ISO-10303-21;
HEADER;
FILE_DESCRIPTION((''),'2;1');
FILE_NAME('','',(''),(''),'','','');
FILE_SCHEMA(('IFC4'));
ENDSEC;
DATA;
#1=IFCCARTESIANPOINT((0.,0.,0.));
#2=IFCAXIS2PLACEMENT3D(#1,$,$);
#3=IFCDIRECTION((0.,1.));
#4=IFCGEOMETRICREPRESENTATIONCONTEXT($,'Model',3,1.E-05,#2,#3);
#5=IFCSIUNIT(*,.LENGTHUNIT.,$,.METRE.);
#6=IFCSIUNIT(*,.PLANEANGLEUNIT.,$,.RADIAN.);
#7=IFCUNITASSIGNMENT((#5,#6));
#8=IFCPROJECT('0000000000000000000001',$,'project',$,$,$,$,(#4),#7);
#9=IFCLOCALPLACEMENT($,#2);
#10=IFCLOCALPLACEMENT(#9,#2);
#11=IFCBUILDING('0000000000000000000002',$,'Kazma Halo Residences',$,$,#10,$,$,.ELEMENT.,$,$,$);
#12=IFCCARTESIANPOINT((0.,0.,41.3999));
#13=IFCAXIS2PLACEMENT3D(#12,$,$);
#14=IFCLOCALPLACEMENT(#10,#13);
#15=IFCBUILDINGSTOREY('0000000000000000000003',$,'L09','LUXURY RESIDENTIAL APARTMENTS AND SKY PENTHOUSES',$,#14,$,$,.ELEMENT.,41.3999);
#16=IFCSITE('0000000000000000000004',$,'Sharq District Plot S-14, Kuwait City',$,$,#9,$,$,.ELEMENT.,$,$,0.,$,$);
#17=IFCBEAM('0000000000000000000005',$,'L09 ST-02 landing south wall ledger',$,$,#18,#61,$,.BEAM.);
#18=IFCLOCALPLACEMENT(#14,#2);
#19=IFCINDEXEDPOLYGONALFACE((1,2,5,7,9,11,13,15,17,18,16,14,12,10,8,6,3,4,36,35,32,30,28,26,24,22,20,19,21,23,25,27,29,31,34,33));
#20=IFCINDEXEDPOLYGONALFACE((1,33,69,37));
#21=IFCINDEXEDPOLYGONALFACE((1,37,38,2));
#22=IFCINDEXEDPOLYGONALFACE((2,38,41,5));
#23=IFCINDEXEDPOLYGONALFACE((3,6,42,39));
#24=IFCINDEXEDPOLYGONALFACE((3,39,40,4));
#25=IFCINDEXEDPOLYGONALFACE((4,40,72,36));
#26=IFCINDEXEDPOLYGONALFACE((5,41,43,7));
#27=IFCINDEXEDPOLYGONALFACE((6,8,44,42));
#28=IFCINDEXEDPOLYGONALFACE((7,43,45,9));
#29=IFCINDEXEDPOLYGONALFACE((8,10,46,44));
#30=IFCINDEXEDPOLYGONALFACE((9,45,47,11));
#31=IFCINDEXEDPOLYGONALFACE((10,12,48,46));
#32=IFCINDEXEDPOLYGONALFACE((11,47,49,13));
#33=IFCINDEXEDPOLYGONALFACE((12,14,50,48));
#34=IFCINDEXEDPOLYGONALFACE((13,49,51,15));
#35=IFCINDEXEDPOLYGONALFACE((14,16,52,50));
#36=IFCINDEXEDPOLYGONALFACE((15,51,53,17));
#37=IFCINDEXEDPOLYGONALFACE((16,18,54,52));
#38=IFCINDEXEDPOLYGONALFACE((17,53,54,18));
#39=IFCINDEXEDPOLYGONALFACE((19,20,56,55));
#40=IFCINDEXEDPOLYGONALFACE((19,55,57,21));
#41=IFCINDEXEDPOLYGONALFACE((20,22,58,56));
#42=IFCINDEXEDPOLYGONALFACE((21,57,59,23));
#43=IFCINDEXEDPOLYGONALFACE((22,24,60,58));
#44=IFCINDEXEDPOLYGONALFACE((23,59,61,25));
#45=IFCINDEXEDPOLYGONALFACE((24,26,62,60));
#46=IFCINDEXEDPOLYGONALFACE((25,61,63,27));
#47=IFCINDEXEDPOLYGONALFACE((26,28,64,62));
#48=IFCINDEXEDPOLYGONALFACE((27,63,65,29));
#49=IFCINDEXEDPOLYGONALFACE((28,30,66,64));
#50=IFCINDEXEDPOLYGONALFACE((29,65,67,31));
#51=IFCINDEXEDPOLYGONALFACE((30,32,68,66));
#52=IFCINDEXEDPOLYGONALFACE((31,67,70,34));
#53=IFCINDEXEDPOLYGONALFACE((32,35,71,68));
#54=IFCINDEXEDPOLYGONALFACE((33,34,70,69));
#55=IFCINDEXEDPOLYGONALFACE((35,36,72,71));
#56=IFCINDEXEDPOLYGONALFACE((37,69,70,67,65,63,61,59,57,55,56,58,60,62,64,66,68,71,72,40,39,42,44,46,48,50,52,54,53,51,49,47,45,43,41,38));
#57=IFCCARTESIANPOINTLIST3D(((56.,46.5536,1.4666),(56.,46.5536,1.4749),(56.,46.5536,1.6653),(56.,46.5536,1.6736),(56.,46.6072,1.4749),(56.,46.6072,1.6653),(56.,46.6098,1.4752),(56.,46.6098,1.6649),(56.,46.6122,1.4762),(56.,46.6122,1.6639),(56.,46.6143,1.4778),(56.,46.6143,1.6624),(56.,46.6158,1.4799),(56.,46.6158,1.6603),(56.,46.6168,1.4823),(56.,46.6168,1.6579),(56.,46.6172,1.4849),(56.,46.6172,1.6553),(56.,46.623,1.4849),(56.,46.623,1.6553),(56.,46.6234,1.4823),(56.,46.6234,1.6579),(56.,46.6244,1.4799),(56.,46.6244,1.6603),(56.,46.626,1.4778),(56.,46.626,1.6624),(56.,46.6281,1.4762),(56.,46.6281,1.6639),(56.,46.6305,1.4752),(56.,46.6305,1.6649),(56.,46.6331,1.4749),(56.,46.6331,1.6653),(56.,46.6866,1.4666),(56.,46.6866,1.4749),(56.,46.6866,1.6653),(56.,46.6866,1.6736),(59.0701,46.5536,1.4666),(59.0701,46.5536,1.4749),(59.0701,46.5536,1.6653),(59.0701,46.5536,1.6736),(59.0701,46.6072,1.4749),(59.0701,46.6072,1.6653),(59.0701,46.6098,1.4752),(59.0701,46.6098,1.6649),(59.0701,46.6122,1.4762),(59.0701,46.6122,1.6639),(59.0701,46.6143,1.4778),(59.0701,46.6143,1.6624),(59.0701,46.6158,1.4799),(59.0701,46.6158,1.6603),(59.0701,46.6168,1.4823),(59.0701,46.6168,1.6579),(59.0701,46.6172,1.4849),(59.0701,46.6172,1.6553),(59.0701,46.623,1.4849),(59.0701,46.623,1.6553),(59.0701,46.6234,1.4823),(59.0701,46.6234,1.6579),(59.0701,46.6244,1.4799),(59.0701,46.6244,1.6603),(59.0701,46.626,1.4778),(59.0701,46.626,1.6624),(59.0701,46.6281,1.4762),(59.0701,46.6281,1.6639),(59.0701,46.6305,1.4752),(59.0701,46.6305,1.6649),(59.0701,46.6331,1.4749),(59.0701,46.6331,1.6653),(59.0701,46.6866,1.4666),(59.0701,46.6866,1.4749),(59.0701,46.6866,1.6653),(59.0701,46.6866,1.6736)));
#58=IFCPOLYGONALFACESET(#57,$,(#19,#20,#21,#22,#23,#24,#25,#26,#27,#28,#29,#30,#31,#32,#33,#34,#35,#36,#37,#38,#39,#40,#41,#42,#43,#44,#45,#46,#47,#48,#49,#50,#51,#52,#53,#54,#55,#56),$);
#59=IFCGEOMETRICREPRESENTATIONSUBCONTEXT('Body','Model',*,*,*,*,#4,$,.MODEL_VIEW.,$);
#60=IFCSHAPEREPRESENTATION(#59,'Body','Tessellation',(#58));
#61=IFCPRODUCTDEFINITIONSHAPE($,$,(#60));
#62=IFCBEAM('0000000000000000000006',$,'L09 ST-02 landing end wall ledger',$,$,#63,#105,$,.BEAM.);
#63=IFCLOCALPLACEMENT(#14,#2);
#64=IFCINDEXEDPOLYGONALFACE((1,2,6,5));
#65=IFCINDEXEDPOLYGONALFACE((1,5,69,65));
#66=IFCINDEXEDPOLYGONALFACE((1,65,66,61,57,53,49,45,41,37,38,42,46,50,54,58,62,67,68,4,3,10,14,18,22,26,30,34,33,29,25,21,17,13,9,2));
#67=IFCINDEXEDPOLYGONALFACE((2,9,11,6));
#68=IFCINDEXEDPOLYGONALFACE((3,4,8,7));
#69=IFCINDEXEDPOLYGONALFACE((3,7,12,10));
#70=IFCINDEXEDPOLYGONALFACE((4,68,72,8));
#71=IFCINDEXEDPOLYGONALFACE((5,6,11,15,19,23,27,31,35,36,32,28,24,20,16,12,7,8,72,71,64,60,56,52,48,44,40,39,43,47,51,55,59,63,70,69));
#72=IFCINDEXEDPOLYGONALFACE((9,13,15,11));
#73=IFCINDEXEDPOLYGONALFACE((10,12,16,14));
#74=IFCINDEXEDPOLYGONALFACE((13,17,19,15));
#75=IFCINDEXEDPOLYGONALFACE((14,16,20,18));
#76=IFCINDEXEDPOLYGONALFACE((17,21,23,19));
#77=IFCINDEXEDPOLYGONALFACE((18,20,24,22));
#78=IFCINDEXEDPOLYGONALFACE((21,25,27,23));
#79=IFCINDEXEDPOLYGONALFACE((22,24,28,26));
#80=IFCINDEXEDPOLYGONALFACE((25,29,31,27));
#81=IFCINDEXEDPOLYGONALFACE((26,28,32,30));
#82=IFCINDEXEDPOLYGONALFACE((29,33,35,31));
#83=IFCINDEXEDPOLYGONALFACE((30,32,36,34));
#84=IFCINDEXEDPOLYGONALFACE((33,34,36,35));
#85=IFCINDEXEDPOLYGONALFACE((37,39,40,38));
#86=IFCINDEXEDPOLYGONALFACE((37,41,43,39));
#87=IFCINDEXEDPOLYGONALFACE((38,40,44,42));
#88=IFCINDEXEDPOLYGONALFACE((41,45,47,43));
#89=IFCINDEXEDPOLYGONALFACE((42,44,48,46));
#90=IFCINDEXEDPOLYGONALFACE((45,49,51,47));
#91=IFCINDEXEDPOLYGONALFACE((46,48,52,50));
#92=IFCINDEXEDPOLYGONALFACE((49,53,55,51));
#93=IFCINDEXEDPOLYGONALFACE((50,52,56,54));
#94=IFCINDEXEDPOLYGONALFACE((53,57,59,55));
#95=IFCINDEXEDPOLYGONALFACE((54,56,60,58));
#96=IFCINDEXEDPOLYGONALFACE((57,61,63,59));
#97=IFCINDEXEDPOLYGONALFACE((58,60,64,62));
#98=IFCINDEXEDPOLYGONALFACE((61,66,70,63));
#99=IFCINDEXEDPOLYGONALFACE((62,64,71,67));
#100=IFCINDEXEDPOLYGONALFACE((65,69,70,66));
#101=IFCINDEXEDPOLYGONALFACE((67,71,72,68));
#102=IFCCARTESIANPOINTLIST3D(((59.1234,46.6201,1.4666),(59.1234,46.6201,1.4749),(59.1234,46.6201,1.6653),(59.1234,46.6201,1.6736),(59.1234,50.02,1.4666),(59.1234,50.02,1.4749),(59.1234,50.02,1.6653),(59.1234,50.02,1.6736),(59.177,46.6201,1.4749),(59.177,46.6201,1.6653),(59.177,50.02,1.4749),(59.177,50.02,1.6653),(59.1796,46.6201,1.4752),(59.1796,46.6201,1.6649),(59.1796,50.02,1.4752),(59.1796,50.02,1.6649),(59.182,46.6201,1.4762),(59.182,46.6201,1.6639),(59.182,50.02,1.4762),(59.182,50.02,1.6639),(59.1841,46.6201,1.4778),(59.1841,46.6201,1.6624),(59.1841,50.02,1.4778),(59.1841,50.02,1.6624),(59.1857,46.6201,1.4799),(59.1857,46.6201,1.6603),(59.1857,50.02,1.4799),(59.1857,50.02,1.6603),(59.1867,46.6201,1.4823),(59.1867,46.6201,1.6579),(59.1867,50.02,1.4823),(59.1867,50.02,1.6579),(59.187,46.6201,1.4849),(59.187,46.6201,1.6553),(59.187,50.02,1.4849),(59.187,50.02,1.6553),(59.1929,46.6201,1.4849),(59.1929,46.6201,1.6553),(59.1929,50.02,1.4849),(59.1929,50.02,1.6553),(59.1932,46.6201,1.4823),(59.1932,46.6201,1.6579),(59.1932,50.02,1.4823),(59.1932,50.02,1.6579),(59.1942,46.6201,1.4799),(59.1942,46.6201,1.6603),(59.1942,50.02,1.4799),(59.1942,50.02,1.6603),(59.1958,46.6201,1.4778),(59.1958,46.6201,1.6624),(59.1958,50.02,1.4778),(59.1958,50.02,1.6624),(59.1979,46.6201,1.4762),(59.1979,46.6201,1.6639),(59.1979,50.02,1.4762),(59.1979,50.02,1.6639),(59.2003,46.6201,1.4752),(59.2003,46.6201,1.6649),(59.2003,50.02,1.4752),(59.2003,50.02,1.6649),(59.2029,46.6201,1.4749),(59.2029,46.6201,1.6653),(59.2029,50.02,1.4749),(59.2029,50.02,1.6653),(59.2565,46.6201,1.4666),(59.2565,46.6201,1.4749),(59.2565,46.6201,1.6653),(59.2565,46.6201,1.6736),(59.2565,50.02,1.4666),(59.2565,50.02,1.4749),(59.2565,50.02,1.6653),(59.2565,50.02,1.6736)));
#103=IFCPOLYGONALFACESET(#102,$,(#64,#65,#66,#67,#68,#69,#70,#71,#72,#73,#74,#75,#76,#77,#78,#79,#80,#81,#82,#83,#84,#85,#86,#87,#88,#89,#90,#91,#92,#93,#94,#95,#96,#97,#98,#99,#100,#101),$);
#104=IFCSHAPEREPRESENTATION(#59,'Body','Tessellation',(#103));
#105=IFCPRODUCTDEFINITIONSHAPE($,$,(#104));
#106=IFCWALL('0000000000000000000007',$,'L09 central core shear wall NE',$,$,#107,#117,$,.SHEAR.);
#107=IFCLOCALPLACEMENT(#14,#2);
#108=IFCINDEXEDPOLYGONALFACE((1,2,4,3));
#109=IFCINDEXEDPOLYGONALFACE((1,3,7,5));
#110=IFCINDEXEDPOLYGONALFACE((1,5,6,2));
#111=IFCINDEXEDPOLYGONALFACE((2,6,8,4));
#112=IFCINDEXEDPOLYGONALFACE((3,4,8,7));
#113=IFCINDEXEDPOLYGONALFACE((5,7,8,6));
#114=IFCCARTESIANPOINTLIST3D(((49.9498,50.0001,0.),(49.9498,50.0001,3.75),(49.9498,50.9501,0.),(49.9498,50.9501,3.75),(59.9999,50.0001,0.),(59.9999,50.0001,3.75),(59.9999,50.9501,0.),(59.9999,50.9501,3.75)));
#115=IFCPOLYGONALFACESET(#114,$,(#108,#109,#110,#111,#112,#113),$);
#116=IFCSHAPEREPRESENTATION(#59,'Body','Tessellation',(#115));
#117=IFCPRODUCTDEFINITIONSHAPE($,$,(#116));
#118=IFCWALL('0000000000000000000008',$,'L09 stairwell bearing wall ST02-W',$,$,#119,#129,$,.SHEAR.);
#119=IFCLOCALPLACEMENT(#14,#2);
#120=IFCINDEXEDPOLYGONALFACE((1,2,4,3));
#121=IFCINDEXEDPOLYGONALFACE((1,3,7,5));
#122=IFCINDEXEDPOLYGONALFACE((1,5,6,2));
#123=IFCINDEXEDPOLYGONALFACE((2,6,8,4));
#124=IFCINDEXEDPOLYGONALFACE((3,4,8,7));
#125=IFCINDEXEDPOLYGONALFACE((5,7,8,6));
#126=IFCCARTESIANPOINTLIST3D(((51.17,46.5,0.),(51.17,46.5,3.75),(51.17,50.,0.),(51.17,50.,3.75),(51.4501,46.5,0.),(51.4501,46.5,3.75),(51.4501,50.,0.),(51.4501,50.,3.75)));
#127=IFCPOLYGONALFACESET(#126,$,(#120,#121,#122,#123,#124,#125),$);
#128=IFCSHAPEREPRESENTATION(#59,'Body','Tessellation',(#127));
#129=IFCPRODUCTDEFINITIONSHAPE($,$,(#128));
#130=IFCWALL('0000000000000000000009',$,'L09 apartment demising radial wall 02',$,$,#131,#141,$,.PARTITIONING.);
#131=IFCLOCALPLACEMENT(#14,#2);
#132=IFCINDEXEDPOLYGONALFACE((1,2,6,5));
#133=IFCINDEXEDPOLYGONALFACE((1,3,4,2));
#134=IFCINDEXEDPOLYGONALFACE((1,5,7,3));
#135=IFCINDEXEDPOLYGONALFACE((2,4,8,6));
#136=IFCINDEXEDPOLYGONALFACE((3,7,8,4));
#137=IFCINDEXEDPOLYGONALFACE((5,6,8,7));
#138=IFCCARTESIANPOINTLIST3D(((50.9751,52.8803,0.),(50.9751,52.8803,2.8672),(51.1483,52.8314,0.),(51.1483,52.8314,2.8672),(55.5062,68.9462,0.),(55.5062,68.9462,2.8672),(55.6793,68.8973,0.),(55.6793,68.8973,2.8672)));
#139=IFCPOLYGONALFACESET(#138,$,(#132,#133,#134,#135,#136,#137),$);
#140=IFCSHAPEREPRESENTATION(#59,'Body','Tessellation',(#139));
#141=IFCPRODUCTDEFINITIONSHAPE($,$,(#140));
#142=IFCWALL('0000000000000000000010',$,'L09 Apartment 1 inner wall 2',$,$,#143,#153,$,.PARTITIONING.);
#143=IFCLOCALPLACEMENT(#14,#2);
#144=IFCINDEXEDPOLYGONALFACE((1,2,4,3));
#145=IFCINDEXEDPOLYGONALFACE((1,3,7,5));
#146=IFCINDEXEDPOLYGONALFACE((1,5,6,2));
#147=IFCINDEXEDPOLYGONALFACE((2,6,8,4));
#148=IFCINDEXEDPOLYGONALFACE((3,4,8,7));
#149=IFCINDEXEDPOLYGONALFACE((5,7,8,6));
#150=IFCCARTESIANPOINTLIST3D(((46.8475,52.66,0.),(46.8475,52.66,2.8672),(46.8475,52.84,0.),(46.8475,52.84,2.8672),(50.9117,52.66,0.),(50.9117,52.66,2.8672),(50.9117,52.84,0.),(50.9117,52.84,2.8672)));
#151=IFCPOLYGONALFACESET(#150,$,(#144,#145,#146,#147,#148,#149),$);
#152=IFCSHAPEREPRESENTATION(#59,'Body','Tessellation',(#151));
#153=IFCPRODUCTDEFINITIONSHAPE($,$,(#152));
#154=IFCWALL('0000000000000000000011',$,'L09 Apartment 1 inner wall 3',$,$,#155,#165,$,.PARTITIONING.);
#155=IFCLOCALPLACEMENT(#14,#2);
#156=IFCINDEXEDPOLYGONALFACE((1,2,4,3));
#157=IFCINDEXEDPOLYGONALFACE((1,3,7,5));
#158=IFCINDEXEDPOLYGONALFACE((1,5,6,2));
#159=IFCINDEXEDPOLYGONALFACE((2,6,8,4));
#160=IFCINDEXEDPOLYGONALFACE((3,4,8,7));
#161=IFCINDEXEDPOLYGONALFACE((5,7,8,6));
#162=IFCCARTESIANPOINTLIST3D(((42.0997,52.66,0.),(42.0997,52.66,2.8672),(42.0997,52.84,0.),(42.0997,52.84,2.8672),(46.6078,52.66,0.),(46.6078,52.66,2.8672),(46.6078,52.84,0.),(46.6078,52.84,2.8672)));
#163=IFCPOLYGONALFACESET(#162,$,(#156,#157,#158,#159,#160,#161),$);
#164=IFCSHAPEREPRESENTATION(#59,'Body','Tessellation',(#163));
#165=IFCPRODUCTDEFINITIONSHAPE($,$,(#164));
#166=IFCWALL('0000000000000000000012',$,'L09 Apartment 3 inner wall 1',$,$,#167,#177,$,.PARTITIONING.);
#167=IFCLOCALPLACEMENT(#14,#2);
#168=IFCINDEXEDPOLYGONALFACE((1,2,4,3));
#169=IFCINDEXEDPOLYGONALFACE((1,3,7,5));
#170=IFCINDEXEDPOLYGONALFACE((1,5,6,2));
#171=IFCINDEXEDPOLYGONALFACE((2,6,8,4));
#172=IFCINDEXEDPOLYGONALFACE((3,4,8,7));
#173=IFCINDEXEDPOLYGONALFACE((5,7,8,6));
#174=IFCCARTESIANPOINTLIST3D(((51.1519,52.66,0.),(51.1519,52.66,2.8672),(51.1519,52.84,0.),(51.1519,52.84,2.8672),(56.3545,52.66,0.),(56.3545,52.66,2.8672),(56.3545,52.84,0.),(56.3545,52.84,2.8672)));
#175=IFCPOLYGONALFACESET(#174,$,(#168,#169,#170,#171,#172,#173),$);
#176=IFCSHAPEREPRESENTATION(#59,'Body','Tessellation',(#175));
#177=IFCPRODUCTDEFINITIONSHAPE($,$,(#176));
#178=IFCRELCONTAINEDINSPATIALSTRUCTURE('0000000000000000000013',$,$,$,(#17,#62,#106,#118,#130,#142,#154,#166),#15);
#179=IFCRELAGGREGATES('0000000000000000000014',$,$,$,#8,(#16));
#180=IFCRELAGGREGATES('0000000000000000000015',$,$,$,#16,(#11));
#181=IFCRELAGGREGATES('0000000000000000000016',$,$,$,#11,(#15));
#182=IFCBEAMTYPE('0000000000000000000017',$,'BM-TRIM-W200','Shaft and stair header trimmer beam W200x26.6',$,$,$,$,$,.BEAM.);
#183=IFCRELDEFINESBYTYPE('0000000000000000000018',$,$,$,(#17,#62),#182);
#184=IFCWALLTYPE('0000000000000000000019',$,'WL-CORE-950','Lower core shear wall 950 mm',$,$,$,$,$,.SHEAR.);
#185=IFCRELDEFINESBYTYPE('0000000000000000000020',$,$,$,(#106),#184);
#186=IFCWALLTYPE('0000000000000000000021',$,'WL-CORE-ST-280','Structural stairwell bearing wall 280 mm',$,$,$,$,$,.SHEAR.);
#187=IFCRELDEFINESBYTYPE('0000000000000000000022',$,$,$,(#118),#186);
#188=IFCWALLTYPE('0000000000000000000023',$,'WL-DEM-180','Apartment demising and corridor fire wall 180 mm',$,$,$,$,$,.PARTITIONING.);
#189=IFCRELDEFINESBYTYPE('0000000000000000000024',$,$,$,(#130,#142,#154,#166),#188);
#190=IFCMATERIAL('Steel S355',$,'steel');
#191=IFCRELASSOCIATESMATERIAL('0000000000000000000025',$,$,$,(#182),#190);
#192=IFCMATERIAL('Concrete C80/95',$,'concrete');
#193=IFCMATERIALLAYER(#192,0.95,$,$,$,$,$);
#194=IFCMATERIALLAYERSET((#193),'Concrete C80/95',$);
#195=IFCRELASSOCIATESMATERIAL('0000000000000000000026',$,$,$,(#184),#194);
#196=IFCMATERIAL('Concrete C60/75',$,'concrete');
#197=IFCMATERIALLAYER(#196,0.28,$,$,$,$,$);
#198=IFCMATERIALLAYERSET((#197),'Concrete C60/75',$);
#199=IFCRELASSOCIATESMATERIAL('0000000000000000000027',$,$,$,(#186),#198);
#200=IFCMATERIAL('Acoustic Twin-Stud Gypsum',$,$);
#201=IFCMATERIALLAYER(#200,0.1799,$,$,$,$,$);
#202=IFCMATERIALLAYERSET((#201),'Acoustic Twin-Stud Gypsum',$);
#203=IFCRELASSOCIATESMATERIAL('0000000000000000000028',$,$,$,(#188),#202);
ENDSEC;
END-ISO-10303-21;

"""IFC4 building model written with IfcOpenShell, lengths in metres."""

from ifc_helpers import new_model, si_unit, direction, frame, frame_2d, origin, origin_2d, place, context, subcontext, project, spatial, rectangle, i_section, extrude, material, layer, layer_set, material_profile, profile_set, type_object, element, save


model = new_model("IFC4")

# Units and contexts
model_context = context("Model", 3, precision=1e-05, world=origin(), true_north=direction((0.0, 1.0)))
body_context = subcontext(model_context, "Body", "Model", "MODEL_VIEW")
ifc_project = project(units=[si_unit("LENGTHUNIT", "METRE"), si_unit("PLANEANGLEUNIT", "RADIAN")], contexts=[model_context])

# Site, building, storey
site_placement = place(None, origin())
site = spatial("IfcSite", under=ifc_project, at=site_placement, Name="Sharq District Plot S-14, Kuwait City", CompositionType="ELEMENT", RefElevation=0.0)
building_placement = place(site_placement, origin())
building = spatial("IfcBuilding", under=site, at=building_placement, Name="Kazma Halo Residences", CompositionType="ELEMENT")
storey_placement = place(building_placement, frame((0.0, 0.0, 41.3999)))
storey = spatial("IfcBuildingStorey", under=building, at=storey_placement, Name="L09", Description="LUXURY RESIDENTIAL APARTMENTS AND SKY PENTHOUSES", CompositionType="ELEMENT", Elevation=41.3999)

# Shared definitions
ifc_material_1 = material(Name="Steel S355", Category="steel")

# Beams
ifc_material_profile_1 = material_profile(ifc_material_1, i_section(OverallWidth=0.1331, OverallDepth=0.207, WebThickness=0.0059, FlangeThickness=0.0083, FilletRadius=0.01, at=origin_2d()), Name="W200x26.6")
ifc_profile_set_1 = profile_set([ifc_material_profile_1], Name="Steel S355")
beam_type_1 = type_object("IfcBeamType", Name="BM-TRIM-W200", Description="Shaft and stair header trimmer beam W200x26.6", PredefinedType="BEAM", material=ifc_profile_set_1)
beam_1_placement = place(storey_placement, frame((56.0, 46.6201, 1.5701), z_axis=(1.0, 0.0, 0.0), x_axis=(0.0, 1.0, 0.0)))
element("IfcBeam", 1, at=beam_1_placement, inside=storey, type_object=beam_type_1, Name="L09 ST-02 landing south wall ledger", PredefinedType="BEAM", context=body_context, shape_type="SweptSolid", body=[
    extrude(i_section(OverallWidth=0.1331, OverallDepth=0.207, WebThickness=0.0059, FlangeThickness=0.0083, FilletRadius=0.01, at=origin_2d()), origin(), (0.0, 0.0, 1.0), 3.0701),
])
beam_2_placement = place(storey_placement, frame((59.1899, 46.6201, 1.5701), z_axis=(0.0, 1.0, 0.0), x_axis=(-1.0, 0.0, 0.0)))
element("IfcBeam", 2, at=beam_2_placement, inside=storey, type_object=beam_type_1, Name="L09 ST-02 landing end wall ledger", PredefinedType="BEAM", context=body_context, shape_type="SweptSolid", body=[
    extrude(i_section(OverallWidth=0.1331, OverallDepth=0.207, WebThickness=0.0059, FlangeThickness=0.0083, FilletRadius=0.01, at=origin_2d()), origin(), (0.0, 0.0, 1.0), 3.3999),
])

# Walls
ifc_material_2 = material(Name="Concrete C80/95", Category="concrete")
ifc_layer_1 = layer(ifc_material_2, 0.95)
ifc_layer_set_1 = layer_set([ifc_layer_1], Name="Concrete C80/95")
wall_type_1 = type_object("IfcWallType", Name="WL-CORE-950", Description="Lower core shear wall 950 mm", PredefinedType="SHEAR", material=ifc_layer_set_1)
wall_1_placement = place(storey_placement, frame((49.95, 50.4751, 0.0), z_axis=(0.0, 0.0, 1.0), x_axis=(1.0, 0.0, 0.0)))
element("IfcWall", 3, at=wall_1_placement, inside=storey, type_object=wall_type_1, Name="L09 central core shear wall NE", PredefinedType="SHEAR", context=body_context, shape_type="SweptSolid", body=[
    extrude(rectangle(XDim=10.05, YDim=0.95, at=frame_2d((5.0249, 0.0))), origin(), (0.0, 0.0, 1.0), 3.75),
])
ifc_material_3 = material(Name="Concrete C60/75", Category="concrete")
ifc_layer_2 = layer(ifc_material_3, 0.28)
ifc_layer_set_2 = layer_set([ifc_layer_2], Name="Concrete C60/75")
wall_type_2 = type_object("IfcWallType", Name="WL-CORE-ST-280", Description="Structural stairwell bearing wall 280 mm", PredefinedType="SHEAR", material=ifc_layer_set_2)
wall_2_placement = place(storey_placement, frame((51.3101, 46.5, 0.0), z_axis=(0.0, 0.0, 1.0), x_axis=(0.0, 1.0, 0.0)))
element("IfcWall", 4, at=wall_2_placement, inside=storey, type_object=wall_type_2, Name="L09 stairwell bearing wall ST02-W", PredefinedType="SHEAR", context=body_context, shape_type="SweptSolid", body=[
    extrude(rectangle(XDim=3.5, YDim=0.28, at=frame_2d((1.75, 0.0))), origin(), (0.0, 0.0, 1.0), 3.75),
])
ifc_material_4 = material(Name="Acoustic Twin-Stud Gypsum")
ifc_layer_3 = layer(ifc_material_4, 0.1799)
ifc_layer_set_3 = layer_set([ifc_layer_3], Name="Acoustic Twin-Stud Gypsum")
wall_type_3 = type_object("IfcWallType", Name="WL-DEM-180", Description="Apartment demising and corridor fire wall 180 mm", PredefinedType="PARTITIONING", material=ifc_layer_set_3)
wall_3_placement = place(storey_placement, frame((51.0618, 52.856, 0.0), z_axis=(0.0, 0.0, 1.0), x_axis=(0.271438, 0.962456, 0.0)))
element("IfcWall", 5, at=wall_3_placement, inside=storey, type_object=wall_type_3, Name="L09 apartment demising radial wall 02", PredefinedType="PARTITIONING", context=body_context, shape_type="SweptSolid", body=[
    extrude(rectangle(XDim=16.6926, YDim=0.1799, at=frame_2d((8.3462, 0.0))), origin(), (0.0, 0.0, 1.0), 2.8672),
])
wall_4_placement = place(storey_placement, frame((50.9119, 52.75, 0.0), z_axis=(0.0, 0.0, 1.0), x_axis=(-1.0, 0.0, 0.0)))
element("IfcWall", 6, at=wall_4_placement, inside=storey, type_object=wall_type_3, Name="L09 Apartment 1 inner wall 2", PredefinedType="PARTITIONING", context=body_context, shape_type="SweptSolid", body=[
    extrude(rectangle(XDim=4.0642, YDim=0.1799, at=frame_2d((2.0322, 0.0))), origin(), (0.0, 0.0, 1.0), 2.8672),
])
wall_5_placement = place(storey_placement, frame((46.6077, 52.75, 0.0), z_axis=(0.0, 0.0, 1.0), x_axis=(-1.0, 0.0, 0.0)))
element("IfcWall", 7, at=wall_5_placement, inside=storey, type_object=wall_type_3, Name="L09 Apartment 1 inner wall 3", PredefinedType="PARTITIONING", context=body_context, shape_type="SweptSolid", body=[
    extrude(rectangle(XDim=4.5081, YDim=0.1799, at=frame_2d((2.2539, 0.0))), origin(), (0.0, 0.0, 1.0), 2.8672),
])
wall_6_placement = place(storey_placement, frame((56.3545, 52.75, 0.0), z_axis=(0.0, 0.0, 1.0), x_axis=(-1.0, 0.0, 0.0)))
element("IfcWall", 8, at=wall_6_placement, inside=storey, type_object=wall_type_3, Name="L09 Apartment 3 inner wall 1", PredefinedType="PARTITIONING", context=body_context, shape_type="SweptSolid", body=[
    extrude(rectangle(XDim=5.2026, YDim=0.1799, at=frame_2d((2.6013, 0.0))), origin(), (0.0, 0.0, 1.0), 2.8672),
])

save(model, "model.ifc")
